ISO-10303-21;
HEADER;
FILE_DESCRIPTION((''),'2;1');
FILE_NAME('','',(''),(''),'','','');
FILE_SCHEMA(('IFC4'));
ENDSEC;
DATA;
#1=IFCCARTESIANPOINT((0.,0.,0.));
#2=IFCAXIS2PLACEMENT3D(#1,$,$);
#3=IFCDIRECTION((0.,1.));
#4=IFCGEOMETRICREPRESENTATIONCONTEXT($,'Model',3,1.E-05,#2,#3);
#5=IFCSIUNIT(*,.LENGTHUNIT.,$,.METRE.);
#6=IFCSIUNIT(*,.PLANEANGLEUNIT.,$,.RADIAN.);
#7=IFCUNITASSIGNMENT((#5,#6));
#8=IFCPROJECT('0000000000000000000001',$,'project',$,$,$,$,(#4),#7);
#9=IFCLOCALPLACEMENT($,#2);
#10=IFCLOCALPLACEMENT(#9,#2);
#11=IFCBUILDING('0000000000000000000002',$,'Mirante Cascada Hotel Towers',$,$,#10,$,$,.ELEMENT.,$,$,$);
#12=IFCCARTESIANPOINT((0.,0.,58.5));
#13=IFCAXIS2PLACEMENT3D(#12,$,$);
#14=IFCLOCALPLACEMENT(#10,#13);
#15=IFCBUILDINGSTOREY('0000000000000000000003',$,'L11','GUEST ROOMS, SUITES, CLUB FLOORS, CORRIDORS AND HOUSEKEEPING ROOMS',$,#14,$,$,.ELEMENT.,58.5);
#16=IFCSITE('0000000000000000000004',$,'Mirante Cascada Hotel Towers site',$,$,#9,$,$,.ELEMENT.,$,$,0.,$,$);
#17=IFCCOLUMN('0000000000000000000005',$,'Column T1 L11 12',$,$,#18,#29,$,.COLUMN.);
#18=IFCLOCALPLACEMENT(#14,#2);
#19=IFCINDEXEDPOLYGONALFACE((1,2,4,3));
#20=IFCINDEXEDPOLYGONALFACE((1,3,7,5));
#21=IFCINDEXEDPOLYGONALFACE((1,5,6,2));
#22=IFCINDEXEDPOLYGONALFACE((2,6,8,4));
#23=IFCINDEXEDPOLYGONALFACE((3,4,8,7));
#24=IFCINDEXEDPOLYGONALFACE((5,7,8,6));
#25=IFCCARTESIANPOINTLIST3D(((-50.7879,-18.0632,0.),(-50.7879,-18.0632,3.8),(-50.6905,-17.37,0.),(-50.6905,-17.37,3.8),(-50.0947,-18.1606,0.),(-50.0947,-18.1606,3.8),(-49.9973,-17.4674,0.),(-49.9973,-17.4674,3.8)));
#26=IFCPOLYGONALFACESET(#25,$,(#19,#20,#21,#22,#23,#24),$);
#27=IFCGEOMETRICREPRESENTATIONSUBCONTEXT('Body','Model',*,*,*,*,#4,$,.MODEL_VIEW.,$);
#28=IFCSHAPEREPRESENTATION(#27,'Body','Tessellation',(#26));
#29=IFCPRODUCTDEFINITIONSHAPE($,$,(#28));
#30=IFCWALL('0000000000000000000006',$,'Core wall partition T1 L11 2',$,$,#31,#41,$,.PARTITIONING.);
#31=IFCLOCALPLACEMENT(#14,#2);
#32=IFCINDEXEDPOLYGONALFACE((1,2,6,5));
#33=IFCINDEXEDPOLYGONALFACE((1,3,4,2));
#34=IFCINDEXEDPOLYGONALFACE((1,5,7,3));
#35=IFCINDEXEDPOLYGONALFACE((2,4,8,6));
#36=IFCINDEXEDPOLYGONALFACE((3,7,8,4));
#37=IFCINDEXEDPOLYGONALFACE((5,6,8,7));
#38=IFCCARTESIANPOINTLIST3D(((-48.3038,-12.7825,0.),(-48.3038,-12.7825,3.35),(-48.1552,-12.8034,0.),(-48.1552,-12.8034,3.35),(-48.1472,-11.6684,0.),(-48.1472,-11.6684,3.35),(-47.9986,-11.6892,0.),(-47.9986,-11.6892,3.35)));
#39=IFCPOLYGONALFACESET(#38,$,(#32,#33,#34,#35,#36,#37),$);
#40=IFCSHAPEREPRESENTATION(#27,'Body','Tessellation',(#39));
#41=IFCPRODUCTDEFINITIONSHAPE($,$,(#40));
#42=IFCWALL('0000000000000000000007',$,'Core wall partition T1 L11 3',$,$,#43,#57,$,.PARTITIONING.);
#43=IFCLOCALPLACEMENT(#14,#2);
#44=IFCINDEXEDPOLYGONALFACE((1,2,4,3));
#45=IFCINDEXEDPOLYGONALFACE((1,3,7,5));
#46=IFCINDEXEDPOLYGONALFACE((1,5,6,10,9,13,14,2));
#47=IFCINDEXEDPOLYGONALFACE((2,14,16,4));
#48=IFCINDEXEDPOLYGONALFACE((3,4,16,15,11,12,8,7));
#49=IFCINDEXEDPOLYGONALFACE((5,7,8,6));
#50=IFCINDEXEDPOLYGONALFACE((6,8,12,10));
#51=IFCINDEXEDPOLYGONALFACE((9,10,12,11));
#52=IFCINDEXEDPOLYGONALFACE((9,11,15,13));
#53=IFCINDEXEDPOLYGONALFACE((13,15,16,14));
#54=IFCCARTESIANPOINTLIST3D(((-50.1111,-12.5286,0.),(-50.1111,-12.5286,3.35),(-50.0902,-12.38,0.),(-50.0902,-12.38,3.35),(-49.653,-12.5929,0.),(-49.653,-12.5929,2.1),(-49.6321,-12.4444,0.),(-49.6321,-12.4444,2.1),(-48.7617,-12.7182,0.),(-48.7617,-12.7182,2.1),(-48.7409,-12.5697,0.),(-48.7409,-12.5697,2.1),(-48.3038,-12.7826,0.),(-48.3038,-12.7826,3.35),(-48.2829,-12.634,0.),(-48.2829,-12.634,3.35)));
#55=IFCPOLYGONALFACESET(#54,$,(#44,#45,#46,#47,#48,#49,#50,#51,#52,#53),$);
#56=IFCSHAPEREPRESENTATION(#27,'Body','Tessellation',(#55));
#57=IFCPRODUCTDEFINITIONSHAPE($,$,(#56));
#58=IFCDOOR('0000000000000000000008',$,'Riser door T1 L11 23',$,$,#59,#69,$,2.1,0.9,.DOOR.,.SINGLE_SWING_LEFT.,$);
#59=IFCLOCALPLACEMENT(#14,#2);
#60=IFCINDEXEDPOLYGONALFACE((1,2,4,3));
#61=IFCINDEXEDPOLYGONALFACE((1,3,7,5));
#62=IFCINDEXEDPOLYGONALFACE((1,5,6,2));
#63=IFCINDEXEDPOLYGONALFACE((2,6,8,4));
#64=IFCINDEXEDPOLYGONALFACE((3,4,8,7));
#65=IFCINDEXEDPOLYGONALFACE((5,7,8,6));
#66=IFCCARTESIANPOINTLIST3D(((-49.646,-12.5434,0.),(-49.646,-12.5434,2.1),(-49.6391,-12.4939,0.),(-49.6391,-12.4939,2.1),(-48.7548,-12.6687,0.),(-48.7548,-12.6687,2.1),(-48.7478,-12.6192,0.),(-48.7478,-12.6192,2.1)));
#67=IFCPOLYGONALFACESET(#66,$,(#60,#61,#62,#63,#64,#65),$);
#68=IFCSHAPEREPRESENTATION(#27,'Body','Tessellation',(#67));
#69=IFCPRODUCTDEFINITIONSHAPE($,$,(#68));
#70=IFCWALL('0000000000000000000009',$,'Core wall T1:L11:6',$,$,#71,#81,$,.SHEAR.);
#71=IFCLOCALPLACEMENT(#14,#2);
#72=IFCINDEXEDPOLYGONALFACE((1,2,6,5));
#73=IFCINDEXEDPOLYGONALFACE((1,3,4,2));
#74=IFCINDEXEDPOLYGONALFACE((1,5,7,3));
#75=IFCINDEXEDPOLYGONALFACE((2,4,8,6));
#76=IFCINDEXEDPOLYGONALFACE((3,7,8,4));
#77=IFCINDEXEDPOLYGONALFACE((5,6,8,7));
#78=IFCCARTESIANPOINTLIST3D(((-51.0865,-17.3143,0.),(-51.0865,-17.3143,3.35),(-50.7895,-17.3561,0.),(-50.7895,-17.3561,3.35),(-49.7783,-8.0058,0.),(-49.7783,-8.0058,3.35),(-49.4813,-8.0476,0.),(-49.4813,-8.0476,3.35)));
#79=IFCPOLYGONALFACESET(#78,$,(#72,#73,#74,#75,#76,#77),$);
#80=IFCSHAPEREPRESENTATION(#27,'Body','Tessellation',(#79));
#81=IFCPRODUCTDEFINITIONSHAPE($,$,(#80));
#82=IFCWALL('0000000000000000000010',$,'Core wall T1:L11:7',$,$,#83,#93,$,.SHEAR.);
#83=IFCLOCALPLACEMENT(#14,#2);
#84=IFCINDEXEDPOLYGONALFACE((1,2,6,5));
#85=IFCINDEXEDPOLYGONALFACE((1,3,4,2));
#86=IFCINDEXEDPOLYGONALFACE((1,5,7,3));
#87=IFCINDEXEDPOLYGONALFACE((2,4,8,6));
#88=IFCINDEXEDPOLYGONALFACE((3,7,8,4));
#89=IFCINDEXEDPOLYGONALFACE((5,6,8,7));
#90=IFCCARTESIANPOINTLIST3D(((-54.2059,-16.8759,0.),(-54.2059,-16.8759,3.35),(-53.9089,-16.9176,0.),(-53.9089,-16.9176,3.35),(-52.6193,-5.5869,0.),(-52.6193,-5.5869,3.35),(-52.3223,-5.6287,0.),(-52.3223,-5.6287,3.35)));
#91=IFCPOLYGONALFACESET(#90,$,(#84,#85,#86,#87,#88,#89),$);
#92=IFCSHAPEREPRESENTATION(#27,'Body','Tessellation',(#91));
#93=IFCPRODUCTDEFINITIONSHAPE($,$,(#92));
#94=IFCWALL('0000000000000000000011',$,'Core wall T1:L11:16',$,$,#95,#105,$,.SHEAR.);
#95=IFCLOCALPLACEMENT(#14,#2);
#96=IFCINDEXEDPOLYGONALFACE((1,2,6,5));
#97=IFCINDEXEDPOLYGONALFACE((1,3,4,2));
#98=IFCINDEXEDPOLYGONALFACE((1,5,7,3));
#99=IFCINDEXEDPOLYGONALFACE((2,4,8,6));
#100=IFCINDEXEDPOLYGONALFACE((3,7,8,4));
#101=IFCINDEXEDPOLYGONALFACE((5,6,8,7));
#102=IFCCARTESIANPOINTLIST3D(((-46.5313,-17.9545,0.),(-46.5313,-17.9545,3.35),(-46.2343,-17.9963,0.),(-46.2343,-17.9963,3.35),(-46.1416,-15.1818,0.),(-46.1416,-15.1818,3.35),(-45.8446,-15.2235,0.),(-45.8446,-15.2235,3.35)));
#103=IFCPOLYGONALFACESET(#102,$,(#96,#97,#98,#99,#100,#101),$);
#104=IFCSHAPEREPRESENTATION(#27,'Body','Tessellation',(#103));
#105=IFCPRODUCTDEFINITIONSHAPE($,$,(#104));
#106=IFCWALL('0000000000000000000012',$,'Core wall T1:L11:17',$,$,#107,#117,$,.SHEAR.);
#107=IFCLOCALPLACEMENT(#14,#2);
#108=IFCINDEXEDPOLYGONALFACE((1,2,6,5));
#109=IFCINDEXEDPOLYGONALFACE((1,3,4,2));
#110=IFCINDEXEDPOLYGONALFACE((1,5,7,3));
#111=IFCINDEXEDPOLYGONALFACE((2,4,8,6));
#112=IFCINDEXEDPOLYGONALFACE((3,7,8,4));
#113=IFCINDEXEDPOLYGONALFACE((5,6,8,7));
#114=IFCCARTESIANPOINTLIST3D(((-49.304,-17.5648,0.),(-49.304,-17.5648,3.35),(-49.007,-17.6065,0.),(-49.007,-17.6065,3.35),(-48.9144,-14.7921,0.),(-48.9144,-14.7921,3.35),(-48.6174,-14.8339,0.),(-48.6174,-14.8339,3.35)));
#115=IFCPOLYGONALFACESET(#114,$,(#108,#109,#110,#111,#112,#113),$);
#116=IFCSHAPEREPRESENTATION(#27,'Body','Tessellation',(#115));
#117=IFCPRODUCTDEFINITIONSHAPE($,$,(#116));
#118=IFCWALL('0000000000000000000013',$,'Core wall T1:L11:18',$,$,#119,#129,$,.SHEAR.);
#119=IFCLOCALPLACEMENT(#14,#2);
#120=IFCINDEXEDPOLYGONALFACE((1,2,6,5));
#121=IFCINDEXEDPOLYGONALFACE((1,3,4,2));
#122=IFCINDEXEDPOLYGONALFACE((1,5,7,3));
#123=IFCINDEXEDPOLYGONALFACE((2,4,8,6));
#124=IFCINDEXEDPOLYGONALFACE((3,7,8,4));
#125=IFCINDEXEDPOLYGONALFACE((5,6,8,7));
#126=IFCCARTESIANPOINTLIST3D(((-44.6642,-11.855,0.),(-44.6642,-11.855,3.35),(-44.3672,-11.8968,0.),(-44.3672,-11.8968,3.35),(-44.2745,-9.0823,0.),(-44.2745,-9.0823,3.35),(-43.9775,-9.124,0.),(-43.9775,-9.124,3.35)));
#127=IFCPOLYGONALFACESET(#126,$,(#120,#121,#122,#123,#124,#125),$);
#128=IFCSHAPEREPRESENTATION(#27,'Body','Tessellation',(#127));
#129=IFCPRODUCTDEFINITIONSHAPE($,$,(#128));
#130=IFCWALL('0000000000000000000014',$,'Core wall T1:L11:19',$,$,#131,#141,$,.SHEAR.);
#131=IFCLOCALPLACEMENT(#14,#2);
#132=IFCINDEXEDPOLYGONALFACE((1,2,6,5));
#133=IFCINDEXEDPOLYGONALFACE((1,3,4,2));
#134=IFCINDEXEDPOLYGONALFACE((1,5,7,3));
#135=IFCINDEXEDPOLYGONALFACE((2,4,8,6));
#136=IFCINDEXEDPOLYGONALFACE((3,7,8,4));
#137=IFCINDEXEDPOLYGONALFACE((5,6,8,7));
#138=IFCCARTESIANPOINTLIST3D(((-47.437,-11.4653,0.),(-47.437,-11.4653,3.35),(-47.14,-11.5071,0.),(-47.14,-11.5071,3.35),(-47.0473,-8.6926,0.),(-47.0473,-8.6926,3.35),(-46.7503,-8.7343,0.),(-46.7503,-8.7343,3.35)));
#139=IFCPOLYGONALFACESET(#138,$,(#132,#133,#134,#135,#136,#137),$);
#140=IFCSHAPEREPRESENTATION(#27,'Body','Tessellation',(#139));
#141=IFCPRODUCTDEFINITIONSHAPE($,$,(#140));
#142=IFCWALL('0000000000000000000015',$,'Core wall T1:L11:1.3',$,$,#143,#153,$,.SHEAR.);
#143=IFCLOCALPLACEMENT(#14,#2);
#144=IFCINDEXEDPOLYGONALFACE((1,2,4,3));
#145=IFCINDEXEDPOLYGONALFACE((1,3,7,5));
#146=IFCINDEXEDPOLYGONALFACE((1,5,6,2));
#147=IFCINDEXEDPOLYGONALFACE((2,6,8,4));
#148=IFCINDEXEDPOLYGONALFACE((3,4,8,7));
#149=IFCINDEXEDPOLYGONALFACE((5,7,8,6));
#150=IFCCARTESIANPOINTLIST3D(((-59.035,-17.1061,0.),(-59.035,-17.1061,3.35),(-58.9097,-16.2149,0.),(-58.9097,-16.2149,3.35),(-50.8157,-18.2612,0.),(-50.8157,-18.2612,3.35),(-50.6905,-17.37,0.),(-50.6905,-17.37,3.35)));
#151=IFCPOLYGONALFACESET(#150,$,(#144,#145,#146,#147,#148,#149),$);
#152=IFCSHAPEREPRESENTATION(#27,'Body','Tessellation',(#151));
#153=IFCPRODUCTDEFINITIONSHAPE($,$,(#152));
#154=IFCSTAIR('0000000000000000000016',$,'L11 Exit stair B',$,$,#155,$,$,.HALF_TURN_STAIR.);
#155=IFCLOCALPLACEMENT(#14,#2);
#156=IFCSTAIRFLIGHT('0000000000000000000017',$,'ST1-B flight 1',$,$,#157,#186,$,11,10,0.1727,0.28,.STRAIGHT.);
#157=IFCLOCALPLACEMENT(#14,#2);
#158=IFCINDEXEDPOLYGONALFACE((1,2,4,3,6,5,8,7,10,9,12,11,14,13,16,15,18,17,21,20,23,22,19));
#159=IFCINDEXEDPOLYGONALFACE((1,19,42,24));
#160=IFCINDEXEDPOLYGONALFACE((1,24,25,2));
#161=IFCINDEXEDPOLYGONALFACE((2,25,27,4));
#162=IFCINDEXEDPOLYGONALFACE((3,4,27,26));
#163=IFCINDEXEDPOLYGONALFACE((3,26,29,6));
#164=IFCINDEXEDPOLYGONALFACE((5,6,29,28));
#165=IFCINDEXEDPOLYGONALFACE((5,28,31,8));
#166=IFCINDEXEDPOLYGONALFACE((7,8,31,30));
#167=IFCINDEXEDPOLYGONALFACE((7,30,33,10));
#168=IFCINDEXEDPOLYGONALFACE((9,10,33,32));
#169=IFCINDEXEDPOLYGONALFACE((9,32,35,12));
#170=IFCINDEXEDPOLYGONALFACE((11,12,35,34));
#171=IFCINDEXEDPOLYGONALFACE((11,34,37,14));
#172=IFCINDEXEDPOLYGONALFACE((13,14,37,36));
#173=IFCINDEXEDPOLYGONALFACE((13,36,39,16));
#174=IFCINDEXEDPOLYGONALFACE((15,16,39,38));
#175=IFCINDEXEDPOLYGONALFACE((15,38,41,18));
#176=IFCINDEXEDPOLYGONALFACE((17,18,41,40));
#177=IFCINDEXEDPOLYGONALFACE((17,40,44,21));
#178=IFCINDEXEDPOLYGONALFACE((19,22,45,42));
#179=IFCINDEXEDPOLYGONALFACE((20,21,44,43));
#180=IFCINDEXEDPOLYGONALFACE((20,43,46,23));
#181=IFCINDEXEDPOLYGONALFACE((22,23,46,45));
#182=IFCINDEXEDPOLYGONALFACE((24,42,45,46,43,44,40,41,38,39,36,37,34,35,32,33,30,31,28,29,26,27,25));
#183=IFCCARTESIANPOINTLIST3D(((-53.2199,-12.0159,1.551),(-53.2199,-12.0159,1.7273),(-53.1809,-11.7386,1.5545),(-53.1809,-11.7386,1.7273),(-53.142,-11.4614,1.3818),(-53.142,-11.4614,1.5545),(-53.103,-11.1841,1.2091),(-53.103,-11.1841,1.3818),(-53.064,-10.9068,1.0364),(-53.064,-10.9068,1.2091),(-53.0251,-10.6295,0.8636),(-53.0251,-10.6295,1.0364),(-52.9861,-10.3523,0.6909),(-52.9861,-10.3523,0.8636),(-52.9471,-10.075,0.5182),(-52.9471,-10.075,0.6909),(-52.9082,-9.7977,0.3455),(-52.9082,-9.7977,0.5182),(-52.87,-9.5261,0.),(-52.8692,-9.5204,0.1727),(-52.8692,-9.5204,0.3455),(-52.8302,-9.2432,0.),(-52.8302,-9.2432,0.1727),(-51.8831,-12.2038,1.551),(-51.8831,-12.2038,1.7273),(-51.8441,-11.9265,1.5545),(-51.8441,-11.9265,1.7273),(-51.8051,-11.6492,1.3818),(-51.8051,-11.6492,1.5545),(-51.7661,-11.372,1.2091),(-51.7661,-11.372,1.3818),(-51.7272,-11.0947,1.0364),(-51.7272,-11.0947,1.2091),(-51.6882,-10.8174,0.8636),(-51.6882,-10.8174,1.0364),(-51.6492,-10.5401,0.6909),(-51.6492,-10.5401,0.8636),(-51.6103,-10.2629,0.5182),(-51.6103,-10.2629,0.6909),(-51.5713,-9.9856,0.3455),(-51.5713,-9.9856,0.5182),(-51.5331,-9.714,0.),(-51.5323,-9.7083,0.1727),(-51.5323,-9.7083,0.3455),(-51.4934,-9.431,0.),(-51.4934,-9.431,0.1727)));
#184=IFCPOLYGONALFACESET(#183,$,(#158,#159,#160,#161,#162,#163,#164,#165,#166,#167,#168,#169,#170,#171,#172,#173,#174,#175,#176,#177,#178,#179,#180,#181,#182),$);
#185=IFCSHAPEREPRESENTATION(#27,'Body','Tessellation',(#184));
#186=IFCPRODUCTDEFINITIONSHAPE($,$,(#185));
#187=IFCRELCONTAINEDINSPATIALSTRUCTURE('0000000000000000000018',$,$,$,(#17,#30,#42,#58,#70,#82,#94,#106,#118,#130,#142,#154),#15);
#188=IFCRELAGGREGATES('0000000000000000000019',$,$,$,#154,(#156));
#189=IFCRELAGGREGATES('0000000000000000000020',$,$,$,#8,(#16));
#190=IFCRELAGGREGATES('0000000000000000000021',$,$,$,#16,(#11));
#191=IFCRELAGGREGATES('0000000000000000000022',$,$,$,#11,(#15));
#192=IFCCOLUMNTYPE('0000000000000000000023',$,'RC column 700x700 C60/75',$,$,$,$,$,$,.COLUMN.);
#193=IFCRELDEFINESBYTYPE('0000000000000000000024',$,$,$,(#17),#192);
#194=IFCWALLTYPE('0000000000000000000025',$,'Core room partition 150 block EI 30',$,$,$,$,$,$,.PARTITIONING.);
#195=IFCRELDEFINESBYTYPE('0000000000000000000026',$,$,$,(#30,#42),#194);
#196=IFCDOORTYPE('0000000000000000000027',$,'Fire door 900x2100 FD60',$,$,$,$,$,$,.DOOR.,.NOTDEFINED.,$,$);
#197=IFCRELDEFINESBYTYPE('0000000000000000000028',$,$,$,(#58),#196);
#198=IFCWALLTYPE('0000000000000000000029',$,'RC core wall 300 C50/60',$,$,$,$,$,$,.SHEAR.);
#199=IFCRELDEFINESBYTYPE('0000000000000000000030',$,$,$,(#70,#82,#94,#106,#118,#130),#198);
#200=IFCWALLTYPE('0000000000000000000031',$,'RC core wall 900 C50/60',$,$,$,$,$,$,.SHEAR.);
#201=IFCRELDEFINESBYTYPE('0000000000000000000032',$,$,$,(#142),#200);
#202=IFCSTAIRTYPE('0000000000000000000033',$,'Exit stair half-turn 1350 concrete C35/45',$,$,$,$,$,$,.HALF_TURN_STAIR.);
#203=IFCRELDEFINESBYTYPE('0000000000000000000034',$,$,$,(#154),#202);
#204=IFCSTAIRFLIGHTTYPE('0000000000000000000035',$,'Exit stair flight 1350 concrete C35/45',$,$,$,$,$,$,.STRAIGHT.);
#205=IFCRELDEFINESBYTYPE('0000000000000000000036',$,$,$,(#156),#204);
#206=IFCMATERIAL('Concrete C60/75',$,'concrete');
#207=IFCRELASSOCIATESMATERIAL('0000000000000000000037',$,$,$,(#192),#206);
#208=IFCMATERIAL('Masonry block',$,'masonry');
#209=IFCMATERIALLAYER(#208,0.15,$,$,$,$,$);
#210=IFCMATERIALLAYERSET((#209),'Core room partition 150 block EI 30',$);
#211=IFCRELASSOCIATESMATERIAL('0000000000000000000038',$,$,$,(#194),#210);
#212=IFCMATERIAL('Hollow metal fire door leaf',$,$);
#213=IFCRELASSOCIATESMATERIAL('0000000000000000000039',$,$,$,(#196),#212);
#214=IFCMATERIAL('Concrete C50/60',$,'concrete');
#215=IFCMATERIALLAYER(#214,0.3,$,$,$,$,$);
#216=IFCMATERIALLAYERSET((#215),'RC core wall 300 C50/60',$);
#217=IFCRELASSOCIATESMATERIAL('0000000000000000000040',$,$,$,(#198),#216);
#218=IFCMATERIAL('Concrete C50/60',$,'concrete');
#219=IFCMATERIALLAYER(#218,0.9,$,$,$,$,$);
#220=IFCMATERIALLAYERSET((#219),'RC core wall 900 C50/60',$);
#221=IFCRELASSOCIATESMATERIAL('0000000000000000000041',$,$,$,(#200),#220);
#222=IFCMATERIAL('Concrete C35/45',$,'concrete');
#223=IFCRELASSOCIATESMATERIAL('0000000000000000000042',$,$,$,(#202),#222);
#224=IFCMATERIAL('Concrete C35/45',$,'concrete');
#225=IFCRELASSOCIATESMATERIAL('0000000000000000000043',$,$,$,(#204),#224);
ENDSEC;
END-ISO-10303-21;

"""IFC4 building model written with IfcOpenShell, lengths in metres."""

from ifc_helpers import new_model, si_unit, direction, frame, frame_2d, origin, origin_2d, place, context, subcontext, project, spatial, polyline, rectangle, outline, extrude, material, layer, layer_set, material_profile, profile_set, type_object, element, fill, aggregate, save


model = new_model("IFC4")

# Units and contexts
model_context = context("Model", 3, precision=1e-05, world=origin(), true_north=direction((0.0, 1.0)))
body_context = subcontext(model_context, "Body", "Model", "MODEL_VIEW")
ifc_project = project(units=[si_unit("LENGTHUNIT", "METRE"), si_unit("PLANEANGLEUNIT", "RADIAN")], contexts=[model_context])

# Site, building, storey
site_placement = place(None, origin())
site = spatial("IfcSite", under=ifc_project, at=site_placement, Name="Mirante Cascada Hotel Towers site", CompositionType="ELEMENT", RefElevation=0.0)
building_placement = place(site_placement, origin())
building = spatial("IfcBuilding", under=site, at=building_placement, Name="Mirante Cascada Hotel Towers", CompositionType="ELEMENT")
storey_placement = place(building_placement, frame((0.0, 0.0, 58.5)))
storey = spatial("IfcBuildingStorey", under=building, at=storey_placement, Name="L11", Description="GUEST ROOMS, SUITES, CLUB FLOORS, CORRIDORS AND HOUSEKEEPING ROOMS", CompositionType="ELEMENT", Elevation=58.5)

# Column
ifc_material_1 = material(Name="Concrete C60/75", Category="concrete")
ifc_material_profile = material_profile(ifc_material_1, rectangle(XDim=0.7, YDim=0.7, at=origin_2d()), Name="RC column 700x700 C60/75")
ifc_profile_set = profile_set([ifc_material_profile], Name="Concrete C60/75")
column_type = type_object("IfcColumnType", Name="RC column 700x700 C60/75", PredefinedType="COLUMN", material=ifc_profile_set)
column_placement = place(storey_placement, frame((-50.3926, -17.7653, 0.0), z_axis=(0.0, 0.0, 1.0), x_axis=(-0.990268, 0.139173, 0.0)))
element("IfcColumn", 1, at=column_placement, inside=storey, type_object=column_type, Name="Column T1 L11 12", PredefinedType="COLUMN", context=body_context, shape_type="SweptSolid", body=[
    extrude(rectangle(XDim=0.7, YDim=0.7, at=origin_2d()), origin(), (0.0, 0.0, 1.0), 3.8),
])

# Wall
ifc_material_2 = material(Name="Masonry block", Category="masonry")
ifc_layer_1 = layer(ifc_material_2, 0.15)
ifc_layer_set_1 = layer_set([ifc_layer_1], Name="Core room partition 150 block EI 30")
wall_type_1 = type_object("IfcWallType", Name="Core room partition 150 block EI 30", PredefinedType="PARTITIONING", material=ifc_layer_set_1)
wall_1_placement = place(storey_placement, frame((-48.2295, -12.793, 0.0), z_axis=(0.0, 0.0, 1.0), x_axis=(0.139193, 0.990265, 0.0)))
element("IfcWall", 2, at=wall_1_placement, inside=storey, type_object=wall_type_1, Name="Core wall partition T1 L11 2", PredefinedType="PARTITIONING", context=body_context, shape_type="SweptSolid", body=[
    extrude(rectangle(XDim=1.1251, YDim=0.15, at=frame_2d((0.5626, 0.0))), origin(), (0.0, 0.0, 1.0), 3.35),
])

# Wall, opening, door
wall_2_placement = place(storey_placement, frame((-48.2933, -12.7083, 0.0), z_axis=(0.0, 0.0, 1.0), x_axis=(-0.990268, 0.139173, 0.0)))
wall_2 = element("IfcWall", 3, at=wall_2_placement, inside=storey, type_object=wall_type_1, Name="Core wall partition T1 L11 3", PredefinedType="PARTITIONING", context=body_context, shape_type="SweptSolid", body=[
    extrude(rectangle(XDim=1.8251, YDim=0.15, at=frame_2d((0.9126, 0.0))), origin(), (0.0, 0.0, 1.0), 3.35),
])
opening_1_placement = place(wall_2_placement, frame((0.4625, 0.0, 0.0)))
opening_1 = element("IfcOpeningElement", 4, at=opening_1_placement, cuts=wall_2, PredefinedType="OPENING", context=body_context, shape_type="SweptSolid", body=[
    extrude(rectangle(XDim=0.9, YDim=2.1, at=frame_2d((0.45, 1.05))), frame((0.0, 0.075, 0.0), z_axis=(0.0, -1.0, 0.0), x_axis=(1.0, 0.0, 0.0)), (0.0, 0.0, 1.0), 0.15),
])
ifc_material_3 = material(Name="Hollow metal fire door leaf")
door_type_1 = type_object("IfcDoorType", Name="Fire door 900x2100 FD60", OperationType="NOTDEFINED", PredefinedType="DOOR", material=ifc_material_3)
door_1_placement = place(opening_1_placement, origin())
door_1 = element("IfcDoor", 5, at=door_1_placement, inside=storey, type_object=door_type_1, Name="Riser door T1 L11 23", OperationType="SINGLE_SWING_LEFT", OverallHeight=2.1, OverallWidth=0.9, PredefinedType="DOOR", context=body_context, shape_type="SweptSolid", body=[
    extrude(rectangle(XDim=0.9, YDim=2.1, at=frame_2d((0.45, 1.05))), frame((0.0, 0.025, 0.0), z_axis=(0.0, -1.0, 0.0), x_axis=(1.0, 0.0, 0.0)), (0.0, 0.0, 1.0), 0.05),
])
fill(opening_1, door_1)

# Walls
ifc_material_4 = material(Name="Concrete C50/60", Category="concrete")
ifc_layer_2 = layer(ifc_material_4, 0.3)
ifc_layer_set_2 = layer_set([ifc_layer_2], Name="RC core wall 300 C50/60")
wall_type_2 = type_object("IfcWallType", Name="RC core wall 300 C50/60", PredefinedType="SHEAR", material=ifc_layer_set_2)
wall_3_placement = place(storey_placement, frame((-50.938, -17.3352, 0.0), z_axis=(0.0, 0.0, 1.0), x_axis=(0.139171, 0.990268, 0.0)))
element("IfcWall", 6, at=wall_3_placement, inside=storey, type_object=wall_type_2, Name="Core wall T1:L11:6", PredefinedType="SHEAR", context=body_context, shape_type="SweptSolid", body=[
    extrude(rectangle(XDim=9.4, YDim=0.3, at=frame_2d((4.7, 0.0))), origin(), (0.0, 0.0, 1.0), 3.35),
])
wall_4_placement = place(storey_placement, frame((-54.0574, -16.8968, 0.0), z_axis=(0.0, 0.0, 1.0), x_axis=(0.139176, 0.990268, 0.0)))
element("IfcWall", 7, at=wall_4_placement, inside=storey, type_object=wall_type_2, Name="Core wall T1:L11:7", PredefinedType="SHEAR", context=body_context, shape_type="SweptSolid", body=[
    extrude(rectangle(XDim=11.3999, YDim=0.3, at=frame_2d((5.7, 0.0))), origin(), (0.0, 0.0, 1.0), 3.35),
])
wall_5_placement = place(storey_placement, frame((-46.3828, -17.9754, 0.0), z_axis=(0.0, 0.0, 1.0), x_axis=(0.139181, 0.990267, 0.0)))
element("IfcWall", 8, at=wall_5_placement, inside=storey, type_object=wall_type_2, Name="Core wall T1:L11:16", PredefinedType="SHEAR", context=body_context, shape_type="SweptSolid", body=[
    extrude(rectangle(XDim=2.8, YDim=0.3, at=frame_2d((1.4, 0.0))), origin(), (0.0, 0.0, 1.0), 3.35),
])
wall_6_placement = place(storey_placement, frame((-49.1555, -17.5857, 0.0), z_axis=(0.0, 0.0, 1.0), x_axis=(0.139146, 0.990272, 0.0)))
element("IfcWall", 9, at=wall_6_placement, inside=storey, type_object=wall_type_2, Name="Core wall T1:L11:17", PredefinedType="SHEAR", context=body_context, shape_type="SweptSolid", body=[
    extrude(rectangle(XDim=2.7999, YDim=0.3, at=frame_2d((1.4, 0.0))), origin(), (0.0, 0.0, 1.0), 3.35),
])
for number, where, z_axis, x_axis, name in (
    (10, (-44.5157, -11.8759, 0.0), (0.0, 0.0, 1.0), (0.139181, 0.990267, 0.0), "Core wall T1:L11:18"),
    (11, (-47.2885, -11.4862, 0.0), (0.0, 0.0, 1.0), (0.139181, 0.990267, 0.0), "Core wall T1:L11:19"),
):
    element("IfcWall", number, at=place(storey_placement, frame(where, z_axis=z_axis, x_axis=x_axis)), inside=storey, type_object=wall_type_2, Name=name, PredefinedType="SHEAR", context=body_context, shape_type="SweptSolid", body=[
        extrude(rectangle(XDim=2.8, YDim=0.3, at=frame_2d((1.4, 0.0))), origin(), (0.0, 0.0, 1.0), 3.35),
    ])

# Wall
ifc_material_5 = material(Name="Concrete C50/60", Category="concrete")
ifc_layer_3 = layer(ifc_material_5, 0.9)
ifc_layer_set_3 = layer_set([ifc_layer_3], Name="RC core wall 900 C50/60")
wall_type_3 = type_object("IfcWallType", Name="RC core wall 900 C50/60", PredefinedType="SHEAR", material=ifc_layer_set_3)
wall_7_placement = place(storey_placement, frame((-50.7531, -17.8156, 0.0), z_axis=(0.0, 0.0, 1.0), x_axis=(-0.990269, 0.139169, 0.0)))
element("IfcWall", 12, at=wall_7_placement, inside=storey, type_object=wall_type_3, Name="Core wall T1:L11:1.3", PredefinedType="SHEAR", context=body_context, shape_type="SweptSolid", body=[
    extrude(rectangle(XDim=8.3, YDim=0.9, at=frame_2d((4.15, 0.0))), origin(), (0.0, 0.0, 1.0), 3.35),
])

# Stair, stair flight
ifc_material_6 = material(Name="Concrete C35/45", Category="concrete")
stair_type = type_object("IfcStairType", Name="Exit stair half-turn 1350 concrete C35/45", PredefinedType="HALF_TURN_STAIR", material=ifc_material_6)
stair_placement = place(storey_placement, origin())
stair = element("IfcStair", 13, at=stair_placement, inside=storey, type_object=stair_type, Name="L11 Exit stair B", PredefinedType="HALF_TURN_STAIR")
ifc_material_7 = material(Name="Concrete C35/45", Category="concrete")
stair_flight_type = type_object("IfcStairFlightType", Name="Exit stair flight 1350 concrete C35/45", PredefinedType="STRAIGHT", material=ifc_material_7)
stair_flight_1_placement = place(storey_placement, frame((-52.1618, -9.3371, 0.0), z_axis=(0.0, 0.0, 1.0), x_axis=(-0.139173, -0.990268, 0.0)))
stair_flight_1 = element("IfcStairFlight", 14, at=stair_flight_1_placement, type_object=stair_flight_type, Name="ST1-B flight 1", NumberOfRisers=11, NumberOfTreads=10, PredefinedType="STRAIGHT", RiserHeight=0.1727, TreadLength=0.28, context=body_context, shape_type="SweptSolid", body=[
    extrude(outline(polyline([(0.0, 0.0), (0.0, 0.1727), (0.28, 0.1727), (0.28, 0.3455), (0.56, 0.3455), (0.56, 0.5182), (0.84, 0.5182), (0.84, 0.6909), (1.12, 0.6909), (1.12, 0.8636), (1.4, 0.8636), (1.4, 1.0364), (1.68, 1.0364), (1.68, 1.2091), (1.96, 1.2091), (1.96, 1.3818), (2.24, 1.3818), (2.24, 1.5545), (2.52, 1.5545), (2.52, 1.7273), (2.8, 1.7273), (2.8, 1.9), (2.8, 1.551), (0.2857, 0.0), (0.0, 0.0)])), frame((0.0, 0.675, 0.0), z_axis=(0.0, -1.0, 0.0), x_axis=(1.0, 0.0, 0.0)), (0.0, 0.0, 1.0), 1.35),
])
aggregate(stair, [stair_flight_1])

save(model, "model.ifc")
